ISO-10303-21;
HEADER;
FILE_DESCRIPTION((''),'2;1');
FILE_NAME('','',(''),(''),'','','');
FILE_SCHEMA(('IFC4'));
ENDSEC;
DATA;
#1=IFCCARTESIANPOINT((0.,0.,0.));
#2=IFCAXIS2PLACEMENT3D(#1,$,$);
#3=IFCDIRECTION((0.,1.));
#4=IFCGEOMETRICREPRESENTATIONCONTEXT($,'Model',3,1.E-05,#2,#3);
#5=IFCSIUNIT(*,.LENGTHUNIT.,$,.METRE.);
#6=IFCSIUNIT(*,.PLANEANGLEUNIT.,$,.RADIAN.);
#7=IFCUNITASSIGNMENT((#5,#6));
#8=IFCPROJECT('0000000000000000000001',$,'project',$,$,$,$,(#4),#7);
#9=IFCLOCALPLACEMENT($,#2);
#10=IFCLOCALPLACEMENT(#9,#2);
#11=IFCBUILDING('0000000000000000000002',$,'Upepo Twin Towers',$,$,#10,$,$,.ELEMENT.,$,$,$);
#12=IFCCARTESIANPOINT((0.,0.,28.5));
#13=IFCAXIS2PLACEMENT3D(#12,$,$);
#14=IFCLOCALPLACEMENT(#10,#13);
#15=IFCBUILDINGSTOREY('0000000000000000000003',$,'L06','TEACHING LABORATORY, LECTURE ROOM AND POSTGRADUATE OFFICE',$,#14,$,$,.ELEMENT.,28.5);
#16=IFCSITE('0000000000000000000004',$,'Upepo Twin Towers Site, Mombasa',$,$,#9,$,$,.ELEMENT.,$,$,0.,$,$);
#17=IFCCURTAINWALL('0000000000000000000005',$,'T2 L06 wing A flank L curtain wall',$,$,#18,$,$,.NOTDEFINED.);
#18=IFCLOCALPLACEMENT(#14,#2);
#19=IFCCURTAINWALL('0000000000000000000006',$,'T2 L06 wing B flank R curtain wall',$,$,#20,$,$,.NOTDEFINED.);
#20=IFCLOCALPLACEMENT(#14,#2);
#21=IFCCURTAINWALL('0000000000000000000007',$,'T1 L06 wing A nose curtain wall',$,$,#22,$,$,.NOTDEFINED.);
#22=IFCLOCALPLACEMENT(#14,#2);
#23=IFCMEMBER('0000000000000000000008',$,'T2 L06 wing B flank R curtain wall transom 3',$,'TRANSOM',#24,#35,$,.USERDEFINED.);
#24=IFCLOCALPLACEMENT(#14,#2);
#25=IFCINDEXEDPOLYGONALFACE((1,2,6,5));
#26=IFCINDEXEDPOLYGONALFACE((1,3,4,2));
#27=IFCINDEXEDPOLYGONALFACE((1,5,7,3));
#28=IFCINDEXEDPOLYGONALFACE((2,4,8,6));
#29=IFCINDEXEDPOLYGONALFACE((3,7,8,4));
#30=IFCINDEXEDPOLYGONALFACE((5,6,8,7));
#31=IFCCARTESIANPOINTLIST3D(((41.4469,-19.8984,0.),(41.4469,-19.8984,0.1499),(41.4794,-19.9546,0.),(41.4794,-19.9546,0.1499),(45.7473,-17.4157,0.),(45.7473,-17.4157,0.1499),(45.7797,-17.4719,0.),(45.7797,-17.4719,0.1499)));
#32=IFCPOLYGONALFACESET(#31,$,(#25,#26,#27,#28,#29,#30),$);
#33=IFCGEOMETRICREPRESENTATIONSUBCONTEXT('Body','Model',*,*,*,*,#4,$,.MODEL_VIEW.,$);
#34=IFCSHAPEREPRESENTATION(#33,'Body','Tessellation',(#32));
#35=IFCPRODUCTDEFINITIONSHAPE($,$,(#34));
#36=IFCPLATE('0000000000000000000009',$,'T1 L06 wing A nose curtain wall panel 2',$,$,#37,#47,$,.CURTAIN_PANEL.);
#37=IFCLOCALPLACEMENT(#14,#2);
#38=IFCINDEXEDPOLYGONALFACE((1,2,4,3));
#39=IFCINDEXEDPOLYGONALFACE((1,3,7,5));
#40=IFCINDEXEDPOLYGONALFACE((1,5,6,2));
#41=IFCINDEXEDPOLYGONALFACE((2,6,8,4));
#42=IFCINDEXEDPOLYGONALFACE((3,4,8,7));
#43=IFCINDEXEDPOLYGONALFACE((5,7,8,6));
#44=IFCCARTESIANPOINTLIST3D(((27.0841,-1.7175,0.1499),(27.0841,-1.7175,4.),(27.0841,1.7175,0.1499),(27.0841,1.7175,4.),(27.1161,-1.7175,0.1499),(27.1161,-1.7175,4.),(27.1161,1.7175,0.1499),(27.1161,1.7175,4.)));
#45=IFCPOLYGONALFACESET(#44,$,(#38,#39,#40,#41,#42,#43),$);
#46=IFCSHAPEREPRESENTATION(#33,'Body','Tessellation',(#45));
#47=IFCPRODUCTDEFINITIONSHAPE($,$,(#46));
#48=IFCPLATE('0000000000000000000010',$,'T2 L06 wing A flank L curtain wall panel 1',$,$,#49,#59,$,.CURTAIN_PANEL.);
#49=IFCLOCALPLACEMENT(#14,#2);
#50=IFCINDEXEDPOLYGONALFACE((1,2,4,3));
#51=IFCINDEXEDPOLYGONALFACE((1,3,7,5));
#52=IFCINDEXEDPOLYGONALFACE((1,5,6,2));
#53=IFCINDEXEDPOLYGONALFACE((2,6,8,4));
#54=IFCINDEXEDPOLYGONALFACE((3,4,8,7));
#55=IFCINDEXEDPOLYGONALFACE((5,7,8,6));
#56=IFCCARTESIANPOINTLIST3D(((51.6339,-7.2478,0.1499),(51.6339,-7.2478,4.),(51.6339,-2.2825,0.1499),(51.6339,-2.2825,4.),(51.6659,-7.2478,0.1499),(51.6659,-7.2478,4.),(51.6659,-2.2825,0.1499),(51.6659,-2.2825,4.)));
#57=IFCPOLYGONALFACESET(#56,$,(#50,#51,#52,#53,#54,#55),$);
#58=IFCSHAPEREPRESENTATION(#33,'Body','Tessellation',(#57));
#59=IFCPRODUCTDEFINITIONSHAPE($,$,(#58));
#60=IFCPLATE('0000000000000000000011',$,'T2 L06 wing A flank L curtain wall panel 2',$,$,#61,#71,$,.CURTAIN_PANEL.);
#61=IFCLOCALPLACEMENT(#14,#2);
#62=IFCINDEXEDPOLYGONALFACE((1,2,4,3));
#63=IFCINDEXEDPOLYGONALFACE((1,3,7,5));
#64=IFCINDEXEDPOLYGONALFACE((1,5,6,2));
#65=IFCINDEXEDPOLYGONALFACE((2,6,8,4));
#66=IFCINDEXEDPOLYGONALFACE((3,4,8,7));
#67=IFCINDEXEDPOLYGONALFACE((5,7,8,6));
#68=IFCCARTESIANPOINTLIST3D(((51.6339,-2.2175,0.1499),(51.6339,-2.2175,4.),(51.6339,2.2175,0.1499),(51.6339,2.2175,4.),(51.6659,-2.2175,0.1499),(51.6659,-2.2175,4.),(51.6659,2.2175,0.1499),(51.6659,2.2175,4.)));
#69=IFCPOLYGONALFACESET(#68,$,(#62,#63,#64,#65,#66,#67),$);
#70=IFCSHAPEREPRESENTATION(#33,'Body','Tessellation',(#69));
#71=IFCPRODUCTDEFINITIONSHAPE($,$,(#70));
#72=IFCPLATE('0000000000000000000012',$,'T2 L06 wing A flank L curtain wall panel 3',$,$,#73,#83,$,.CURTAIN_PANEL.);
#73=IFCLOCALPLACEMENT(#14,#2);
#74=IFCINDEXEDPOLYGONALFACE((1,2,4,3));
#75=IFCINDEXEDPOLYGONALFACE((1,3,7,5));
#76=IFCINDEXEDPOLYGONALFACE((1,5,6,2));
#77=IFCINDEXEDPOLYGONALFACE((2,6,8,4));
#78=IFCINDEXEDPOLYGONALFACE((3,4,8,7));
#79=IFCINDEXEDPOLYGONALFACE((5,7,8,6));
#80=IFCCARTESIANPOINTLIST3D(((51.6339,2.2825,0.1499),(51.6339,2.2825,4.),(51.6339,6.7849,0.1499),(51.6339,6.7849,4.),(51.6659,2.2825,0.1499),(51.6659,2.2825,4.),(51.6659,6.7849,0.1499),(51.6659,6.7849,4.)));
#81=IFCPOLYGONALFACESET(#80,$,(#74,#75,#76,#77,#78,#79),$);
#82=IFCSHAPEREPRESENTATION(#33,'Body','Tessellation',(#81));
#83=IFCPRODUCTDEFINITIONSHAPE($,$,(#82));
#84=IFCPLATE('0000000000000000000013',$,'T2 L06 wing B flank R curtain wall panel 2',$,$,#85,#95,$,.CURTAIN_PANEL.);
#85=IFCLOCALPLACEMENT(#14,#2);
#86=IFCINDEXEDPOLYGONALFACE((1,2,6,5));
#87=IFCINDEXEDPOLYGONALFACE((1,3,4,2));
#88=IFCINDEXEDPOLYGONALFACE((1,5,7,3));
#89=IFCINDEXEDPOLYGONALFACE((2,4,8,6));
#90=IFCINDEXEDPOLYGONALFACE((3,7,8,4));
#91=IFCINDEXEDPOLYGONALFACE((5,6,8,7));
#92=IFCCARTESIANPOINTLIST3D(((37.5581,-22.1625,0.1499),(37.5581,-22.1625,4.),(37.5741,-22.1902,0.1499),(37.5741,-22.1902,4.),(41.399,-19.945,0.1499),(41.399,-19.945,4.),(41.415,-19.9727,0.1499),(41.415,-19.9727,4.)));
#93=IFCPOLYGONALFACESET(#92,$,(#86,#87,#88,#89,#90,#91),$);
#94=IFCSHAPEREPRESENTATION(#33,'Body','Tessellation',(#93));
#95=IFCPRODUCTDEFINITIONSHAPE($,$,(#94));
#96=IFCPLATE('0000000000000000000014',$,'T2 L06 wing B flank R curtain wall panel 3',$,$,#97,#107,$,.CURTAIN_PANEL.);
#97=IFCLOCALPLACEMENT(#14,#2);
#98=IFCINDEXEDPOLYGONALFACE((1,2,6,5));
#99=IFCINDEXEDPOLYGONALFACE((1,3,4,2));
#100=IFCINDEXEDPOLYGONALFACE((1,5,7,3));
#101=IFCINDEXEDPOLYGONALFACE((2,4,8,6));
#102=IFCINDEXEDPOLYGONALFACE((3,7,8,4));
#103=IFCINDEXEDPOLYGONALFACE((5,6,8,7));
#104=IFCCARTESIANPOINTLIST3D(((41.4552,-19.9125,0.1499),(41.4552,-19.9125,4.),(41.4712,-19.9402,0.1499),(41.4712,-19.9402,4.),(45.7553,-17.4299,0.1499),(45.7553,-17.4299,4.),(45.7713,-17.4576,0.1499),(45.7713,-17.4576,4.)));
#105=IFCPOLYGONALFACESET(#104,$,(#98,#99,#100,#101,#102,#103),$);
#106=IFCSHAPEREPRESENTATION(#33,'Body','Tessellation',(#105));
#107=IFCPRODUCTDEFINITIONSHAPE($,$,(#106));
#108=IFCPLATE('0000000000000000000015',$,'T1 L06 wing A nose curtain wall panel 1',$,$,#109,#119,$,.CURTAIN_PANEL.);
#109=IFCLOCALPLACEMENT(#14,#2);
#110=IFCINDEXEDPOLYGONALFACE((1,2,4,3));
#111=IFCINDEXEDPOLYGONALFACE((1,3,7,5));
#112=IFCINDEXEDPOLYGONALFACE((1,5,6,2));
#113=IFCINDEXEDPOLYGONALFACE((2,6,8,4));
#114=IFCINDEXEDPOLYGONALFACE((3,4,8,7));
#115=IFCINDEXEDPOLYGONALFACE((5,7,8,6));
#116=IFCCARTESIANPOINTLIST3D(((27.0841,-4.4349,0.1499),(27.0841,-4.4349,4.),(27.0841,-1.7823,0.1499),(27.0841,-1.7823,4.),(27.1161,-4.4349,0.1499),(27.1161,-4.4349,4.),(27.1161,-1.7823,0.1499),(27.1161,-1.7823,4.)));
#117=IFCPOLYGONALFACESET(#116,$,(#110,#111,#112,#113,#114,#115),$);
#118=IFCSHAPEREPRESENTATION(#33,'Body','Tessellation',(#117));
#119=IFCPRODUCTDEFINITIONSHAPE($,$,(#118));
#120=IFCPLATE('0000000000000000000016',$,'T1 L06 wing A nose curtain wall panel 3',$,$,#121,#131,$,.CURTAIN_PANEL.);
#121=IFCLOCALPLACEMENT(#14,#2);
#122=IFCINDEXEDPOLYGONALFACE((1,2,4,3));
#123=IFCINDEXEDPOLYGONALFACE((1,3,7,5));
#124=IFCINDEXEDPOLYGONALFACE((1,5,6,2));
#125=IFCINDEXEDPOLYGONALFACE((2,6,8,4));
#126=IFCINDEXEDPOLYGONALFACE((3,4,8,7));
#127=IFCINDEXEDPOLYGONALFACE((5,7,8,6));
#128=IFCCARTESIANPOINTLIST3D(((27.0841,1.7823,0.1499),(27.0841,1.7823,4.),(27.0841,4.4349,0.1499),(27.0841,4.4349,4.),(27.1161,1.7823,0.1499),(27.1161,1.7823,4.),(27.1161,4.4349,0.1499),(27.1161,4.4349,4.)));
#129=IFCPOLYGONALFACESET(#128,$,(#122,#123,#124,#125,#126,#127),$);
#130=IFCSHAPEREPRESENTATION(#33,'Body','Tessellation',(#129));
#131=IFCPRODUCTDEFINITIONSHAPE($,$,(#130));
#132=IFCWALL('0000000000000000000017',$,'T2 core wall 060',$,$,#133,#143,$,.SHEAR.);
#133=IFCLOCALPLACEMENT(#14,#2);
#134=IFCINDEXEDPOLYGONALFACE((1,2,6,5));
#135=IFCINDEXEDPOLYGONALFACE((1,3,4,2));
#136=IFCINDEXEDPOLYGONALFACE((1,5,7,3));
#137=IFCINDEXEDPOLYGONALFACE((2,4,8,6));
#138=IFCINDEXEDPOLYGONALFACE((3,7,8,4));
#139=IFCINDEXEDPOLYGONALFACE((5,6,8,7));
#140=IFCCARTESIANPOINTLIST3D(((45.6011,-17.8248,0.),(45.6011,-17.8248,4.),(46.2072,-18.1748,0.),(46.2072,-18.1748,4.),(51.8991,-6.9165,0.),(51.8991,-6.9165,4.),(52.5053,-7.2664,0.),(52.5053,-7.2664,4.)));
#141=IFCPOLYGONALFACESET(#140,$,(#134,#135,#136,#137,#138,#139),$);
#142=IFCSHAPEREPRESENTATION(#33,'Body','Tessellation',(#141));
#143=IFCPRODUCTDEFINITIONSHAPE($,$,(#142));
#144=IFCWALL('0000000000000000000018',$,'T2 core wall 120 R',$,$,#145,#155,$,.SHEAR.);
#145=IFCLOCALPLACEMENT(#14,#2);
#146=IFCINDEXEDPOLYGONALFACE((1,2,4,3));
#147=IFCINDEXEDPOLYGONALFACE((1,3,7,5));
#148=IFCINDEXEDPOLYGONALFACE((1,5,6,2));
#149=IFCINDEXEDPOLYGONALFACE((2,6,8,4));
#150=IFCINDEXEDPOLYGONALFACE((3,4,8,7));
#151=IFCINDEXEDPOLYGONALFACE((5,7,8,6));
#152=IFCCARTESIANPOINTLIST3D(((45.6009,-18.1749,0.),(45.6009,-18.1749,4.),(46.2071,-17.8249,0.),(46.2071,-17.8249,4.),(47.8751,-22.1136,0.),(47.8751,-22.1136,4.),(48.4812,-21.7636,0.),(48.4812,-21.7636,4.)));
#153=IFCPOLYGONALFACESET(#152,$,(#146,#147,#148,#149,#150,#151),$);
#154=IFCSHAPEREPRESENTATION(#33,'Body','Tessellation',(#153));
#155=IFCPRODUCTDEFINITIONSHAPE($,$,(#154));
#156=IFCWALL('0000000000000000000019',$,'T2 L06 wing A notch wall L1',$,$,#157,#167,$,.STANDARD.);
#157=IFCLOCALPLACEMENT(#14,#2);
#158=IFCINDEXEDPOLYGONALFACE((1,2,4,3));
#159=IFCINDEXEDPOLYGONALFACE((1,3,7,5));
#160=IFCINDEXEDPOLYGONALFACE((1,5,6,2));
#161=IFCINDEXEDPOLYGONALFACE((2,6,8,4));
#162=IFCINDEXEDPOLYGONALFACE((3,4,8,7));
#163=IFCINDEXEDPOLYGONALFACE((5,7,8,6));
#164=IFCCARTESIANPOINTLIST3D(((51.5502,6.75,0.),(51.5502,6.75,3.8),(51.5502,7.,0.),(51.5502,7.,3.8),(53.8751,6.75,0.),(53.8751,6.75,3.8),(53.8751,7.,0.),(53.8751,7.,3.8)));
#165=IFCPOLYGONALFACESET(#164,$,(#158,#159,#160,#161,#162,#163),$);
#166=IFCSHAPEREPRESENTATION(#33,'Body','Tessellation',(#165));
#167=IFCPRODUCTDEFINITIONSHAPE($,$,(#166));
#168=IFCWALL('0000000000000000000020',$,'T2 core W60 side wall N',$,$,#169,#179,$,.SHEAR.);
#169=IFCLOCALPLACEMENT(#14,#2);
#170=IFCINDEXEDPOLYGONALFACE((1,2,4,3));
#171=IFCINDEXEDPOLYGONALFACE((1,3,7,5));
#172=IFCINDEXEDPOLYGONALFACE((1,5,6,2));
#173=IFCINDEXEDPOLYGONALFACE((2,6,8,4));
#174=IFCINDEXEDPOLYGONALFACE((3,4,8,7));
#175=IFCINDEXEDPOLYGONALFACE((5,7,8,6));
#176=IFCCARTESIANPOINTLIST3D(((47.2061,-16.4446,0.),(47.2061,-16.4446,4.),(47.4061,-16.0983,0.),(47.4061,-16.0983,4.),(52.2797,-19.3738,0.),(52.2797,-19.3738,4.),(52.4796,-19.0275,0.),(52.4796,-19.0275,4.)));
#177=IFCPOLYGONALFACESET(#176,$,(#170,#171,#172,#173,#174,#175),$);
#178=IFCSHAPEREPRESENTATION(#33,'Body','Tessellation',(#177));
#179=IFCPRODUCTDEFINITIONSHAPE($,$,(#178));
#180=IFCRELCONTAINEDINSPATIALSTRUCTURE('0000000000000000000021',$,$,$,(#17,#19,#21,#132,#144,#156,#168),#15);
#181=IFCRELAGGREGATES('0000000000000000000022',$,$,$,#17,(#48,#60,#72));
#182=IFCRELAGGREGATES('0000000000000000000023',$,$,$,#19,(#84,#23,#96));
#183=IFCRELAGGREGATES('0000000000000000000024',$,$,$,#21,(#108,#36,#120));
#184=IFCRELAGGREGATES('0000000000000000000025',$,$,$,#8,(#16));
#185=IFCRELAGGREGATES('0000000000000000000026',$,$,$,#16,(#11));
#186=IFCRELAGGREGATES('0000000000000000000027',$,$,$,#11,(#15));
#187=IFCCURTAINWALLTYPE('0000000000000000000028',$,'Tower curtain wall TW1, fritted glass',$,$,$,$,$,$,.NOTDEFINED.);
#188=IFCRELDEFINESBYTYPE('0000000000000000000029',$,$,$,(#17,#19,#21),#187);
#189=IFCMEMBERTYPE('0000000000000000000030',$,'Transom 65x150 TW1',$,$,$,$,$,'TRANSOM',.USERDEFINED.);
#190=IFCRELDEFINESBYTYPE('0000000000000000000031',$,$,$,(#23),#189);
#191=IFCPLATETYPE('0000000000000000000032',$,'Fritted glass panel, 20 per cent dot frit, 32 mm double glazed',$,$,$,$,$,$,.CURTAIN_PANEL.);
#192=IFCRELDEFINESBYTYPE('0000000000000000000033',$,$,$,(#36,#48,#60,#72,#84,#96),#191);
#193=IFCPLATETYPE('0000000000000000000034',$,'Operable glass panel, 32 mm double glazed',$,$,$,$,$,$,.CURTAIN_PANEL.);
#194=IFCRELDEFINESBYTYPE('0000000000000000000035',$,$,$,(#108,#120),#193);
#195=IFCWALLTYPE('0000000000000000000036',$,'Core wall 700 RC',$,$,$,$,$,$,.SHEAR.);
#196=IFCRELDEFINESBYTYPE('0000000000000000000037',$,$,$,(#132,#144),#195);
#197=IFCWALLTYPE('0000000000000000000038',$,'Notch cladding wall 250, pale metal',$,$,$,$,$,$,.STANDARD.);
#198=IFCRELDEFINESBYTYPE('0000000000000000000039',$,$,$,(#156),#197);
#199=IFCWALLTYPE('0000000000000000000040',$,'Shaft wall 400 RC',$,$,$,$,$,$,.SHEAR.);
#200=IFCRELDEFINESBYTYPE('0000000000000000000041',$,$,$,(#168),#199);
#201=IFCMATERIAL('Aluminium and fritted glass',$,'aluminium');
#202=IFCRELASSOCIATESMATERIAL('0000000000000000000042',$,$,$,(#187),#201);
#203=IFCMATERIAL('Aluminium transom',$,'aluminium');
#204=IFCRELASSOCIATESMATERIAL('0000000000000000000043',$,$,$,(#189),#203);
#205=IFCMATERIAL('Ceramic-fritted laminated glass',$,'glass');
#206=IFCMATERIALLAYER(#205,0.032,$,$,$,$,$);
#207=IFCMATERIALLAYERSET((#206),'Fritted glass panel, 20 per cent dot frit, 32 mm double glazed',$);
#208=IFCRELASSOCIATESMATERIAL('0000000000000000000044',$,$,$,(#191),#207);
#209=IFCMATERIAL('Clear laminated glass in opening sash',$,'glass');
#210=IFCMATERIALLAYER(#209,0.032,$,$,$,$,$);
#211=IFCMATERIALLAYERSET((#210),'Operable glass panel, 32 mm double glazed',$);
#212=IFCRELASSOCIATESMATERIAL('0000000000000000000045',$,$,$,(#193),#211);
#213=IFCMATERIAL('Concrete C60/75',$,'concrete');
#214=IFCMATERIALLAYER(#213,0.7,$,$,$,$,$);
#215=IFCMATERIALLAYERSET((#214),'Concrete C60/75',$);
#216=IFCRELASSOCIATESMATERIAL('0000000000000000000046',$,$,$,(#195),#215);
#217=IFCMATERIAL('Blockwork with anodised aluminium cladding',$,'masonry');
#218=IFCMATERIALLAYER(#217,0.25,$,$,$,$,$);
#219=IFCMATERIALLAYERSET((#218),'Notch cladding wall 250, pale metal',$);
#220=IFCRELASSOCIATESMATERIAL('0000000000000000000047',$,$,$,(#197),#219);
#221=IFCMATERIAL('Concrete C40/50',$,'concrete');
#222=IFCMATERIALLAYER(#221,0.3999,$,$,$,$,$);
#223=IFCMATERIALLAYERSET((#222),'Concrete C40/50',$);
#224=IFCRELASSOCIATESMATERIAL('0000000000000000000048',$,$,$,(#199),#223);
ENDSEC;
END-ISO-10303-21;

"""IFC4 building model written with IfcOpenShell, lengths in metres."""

from ifc_helpers import new_model, si_unit, direction, frame, frame_2d, origin, origin_2d, place, context, subcontext, project, spatial, rectangle, extrude, material, layer, layer_set, material_profile, profile_set, type_object, element, aggregate, save


model = new_model("IFC4")

# Units and contexts
model_context = context("Model", 3, precision=1e-05, world=origin(), true_north=direction((0.0, 1.0)))
body_context = subcontext(model_context, "Body", "Model", "MODEL_VIEW")
ifc_project = project(units=[si_unit("LENGTHUNIT", "METRE"), si_unit("PLANEANGLEUNIT", "RADIAN")], contexts=[model_context])

# Site, building, storey
site_placement = place(None, origin())
site = spatial("IfcSite", under=ifc_project, at=site_placement, Name="Upepo Twin Towers Site, Mombasa", CompositionType="ELEMENT", RefElevation=0.0)
building_placement = place(site_placement, origin())
building = spatial("IfcBuilding", under=site, at=building_placement, Name="Upepo Twin Towers", CompositionType="ELEMENT")
storey_placement = place(building_placement, frame((0.0, 0.0, 28.5)))
storey = spatial("IfcBuildingStorey", under=building, at=storey_placement, Name="L06", Description="TEACHING LABORATORY, LECTURE ROOM AND POSTGRADUATE OFFICE", CompositionType="ELEMENT", Elevation=28.5)

# Curtain walls
ifc_material_1 = material(Name="Aluminium and fritted glass", Category="aluminium")
curtain_wall_type = type_object("IfcCurtainWallType", Name="Tower curtain wall TW1, fritted glass", PredefinedType="NOTDEFINED", material=ifc_material_1)
curtain_wall_1_placement = place(storey_placement, origin())
curtain_wall_1 = element("IfcCurtainWall", 1, at=curtain_wall_1_placement, inside=storey, type_object=curtain_wall_type, Name="T2 L06 wing A flank L curtain wall", PredefinedType="NOTDEFINED")
curtain_wall_2_placement = place(storey_placement, origin())
curtain_wall_2 = element("IfcCurtainWall", 2, at=curtain_wall_2_placement, inside=storey, type_object=curtain_wall_type, Name="T2 L06 wing B flank R curtain wall", PredefinedType="NOTDEFINED")
curtain_wall_3_placement = place(storey_placement, origin())
curtain_wall_3 = element("IfcCurtainWall", 3, at=curtain_wall_3_placement, inside=storey, type_object=curtain_wall_type, Name="T1 L06 wing A nose curtain wall", PredefinedType="NOTDEFINED")
ifc_material_2 = material(Name="Aluminium transom", Category="aluminium")
ifc_material_profile_1 = material_profile(ifc_material_2, rectangle(XDim=0.0649, YDim=0.1499, at=origin_2d()), Name="TRANSOM 65x150")
ifc_profile_set_1 = profile_set([ifc_material_profile_1], Name="Aluminium transom")
member_type_1 = type_object("IfcMemberType", Name="Transom 65x150 TW1", ElementType="TRANSOM", PredefinedType="USERDEFINED", material=ifc_profile_set_1)

# Member
member_1_placement = place(storey_placement, frame((41.4631, -19.9265, 0.075), z_axis=(0.866035, 0.499983, 0.0), x_axis=(-0.499983, 0.866035, 0.0)))
member_1 = element("IfcMember", 4, at=member_1_placement, type_object=member_type_1, Name="T2 L06 wing B flank R curtain wall transom 3", ObjectType="TRANSOM", PredefinedType="USERDEFINED", context=body_context, shape_type="SweptSolid", body=[
    extrude(rectangle(XDim=0.0649, YDim=0.1499, at=origin_2d()), origin(), (0.0, 0.0, 1.0), 4.9656),
])

# Plates
ifc_material_3 = material(Name="Ceramic-fritted laminated glass", Category="glass")
ifc_layer_1 = layer(ifc_material_3, 0.032)
ifc_layer_set_1 = layer_set([ifc_layer_1], Name="Fritted glass panel, 20 per cent dot frit, 32 mm double glazed")
plate_type_1 = type_object("IfcPlateType", Name="Fritted glass panel, 20 per cent dot frit, 32 mm double glazed", PredefinedType="CURTAIN_PANEL", material=ifc_layer_set_1)
plate_1_placement = place(storey_placement, frame((27.1001, 0.0, 0.1499), z_axis=(0.0, 0.0, 1.0), x_axis=(0.0, 1.0, 0.0)))
plate_1 = element("IfcPlate", 5, at=plate_1_placement, type_object=plate_type_1, Name="T1 L06 wing A nose curtain wall panel 2", PredefinedType="CURTAIN_PANEL", context=body_context, shape_type="SweptSolid", body=[
    extrude(rectangle(XDim=3.4351, YDim=0.032, at=origin_2d()), origin(), (0.0, 0.0, 1.0), 3.8501),
])
plate_2_placement = place(storey_placement, frame((51.6499, -4.7651, 0.1499), z_axis=(0.0, 0.0, 1.0), x_axis=(0.0, 1.0, 0.0)))
plate_2 = element("IfcPlate", 6, at=plate_2_placement, type_object=plate_type_1, Name="T2 L06 wing A flank L curtain wall panel 1", PredefinedType="CURTAIN_PANEL", context=body_context, shape_type="SweptSolid", body=[
    extrude(rectangle(XDim=4.9653, YDim=0.032, at=origin_2d()), origin(), (0.0, 0.0, 1.0), 3.8501),
])
plate_3_placement = place(storey_placement, frame((51.6499, 0.0, 0.1499), z_axis=(0.0, 0.0, 1.0), x_axis=(0.0, 1.0, 0.0)))
plate_3 = element("IfcPlate", 7, at=plate_3_placement, type_object=plate_type_1, Name="T2 L06 wing A flank L curtain wall panel 2", PredefinedType="CURTAIN_PANEL", context=body_context, shape_type="SweptSolid", body=[
    extrude(rectangle(XDim=4.4351, YDim=0.032, at=origin_2d()), origin(), (0.0, 0.0, 1.0), 3.8501),
])
plate_4_placement = place(storey_placement, frame((51.6499, 4.5337, 0.1499), z_axis=(0.0, 0.0, 1.0), x_axis=(0.0, 1.0, 0.0)))
plate_4 = element("IfcPlate", 8, at=plate_4_placement, type_object=plate_type_1, Name="T2 L06 wing A flank L curtain wall panel 3", PredefinedType="CURTAIN_PANEL", context=body_context, shape_type="SweptSolid", body=[
    extrude(rectangle(XDim=4.5024, YDim=0.032, at=origin_2d()), origin(), (0.0, 0.0, 1.0), 3.8501),
])
aggregate(curtain_wall_1, [plate_2, plate_3, plate_4])
plate_5_placement = place(storey_placement, frame((39.4866, -21.0676, 0.1499), z_axis=(0.0, 0.0, 1.0), x_axis=(0.866025, 0.5, 0.0)))
plate_5 = element("IfcPlate", 9, at=plate_5_placement, type_object=plate_type_1, Name="T2 L06 wing B flank R curtain wall panel 2", PredefinedType="CURTAIN_PANEL", context=body_context, shape_type="SweptSolid", body=[
    extrude(rectangle(XDim=4.4351, YDim=0.032, at=origin_2d()), origin(), (0.0, 0.0, 1.0), 3.8501),
])
plate_6_placement = place(storey_placement, frame((43.6133, -18.6851, 0.1499), z_axis=(0.0, 0.0, 1.0), x_axis=(0.866025, 0.5, 0.0)))
plate_6 = element("IfcPlate", 10, at=plate_6_placement, type_object=plate_type_1, Name="T2 L06 wing B flank R curtain wall panel 3", PredefinedType="CURTAIN_PANEL", context=body_context, shape_type="SweptSolid", body=[
    extrude(rectangle(XDim=4.9653, YDim=0.032, at=origin_2d()), origin(), (0.0, 0.0, 1.0), 3.8501),
])
aggregate(curtain_wall_2, [plate_5, member_1, plate_6])
ifc_material_4 = material(Name="Clear laminated glass in opening sash", Category="glass")
ifc_layer_2 = layer(ifc_material_4, 0.032)
ifc_layer_set_2 = layer_set([ifc_layer_2], Name="Operable glass panel, 32 mm double glazed")
plate_type_2 = type_object("IfcPlateType", Name="Operable glass panel, 32 mm double glazed", PredefinedType="CURTAIN_PANEL", material=ifc_layer_set_2)
plate_7_placement = place(storey_placement, frame((27.1001, -3.1086, 0.1499), z_axis=(0.0, 0.0, 1.0), x_axis=(0.0, 1.0, 0.0)))
plate_7 = element("IfcPlate", 11, at=plate_7_placement, type_object=plate_type_2, Name="T1 L06 wing A nose curtain wall panel 1", PredefinedType="CURTAIN_PANEL", context=body_context, shape_type="SweptSolid", body=[
    extrude(rectangle(XDim=2.6526, YDim=0.032, at=origin_2d()), origin(), (0.0, 0.0, 1.0), 3.8501),
])
plate_8_placement = place(storey_placement, frame((27.1001, 3.1086, 0.1499), z_axis=(0.0, 0.0, 1.0), x_axis=(0.0, 1.0, 0.0)))
plate_8 = element("IfcPlate", 12, at=plate_8_placement, type_object=plate_type_2, Name="T1 L06 wing A nose curtain wall panel 3", PredefinedType="CURTAIN_PANEL", context=body_context, shape_type="SweptSolid", body=[
    extrude(rectangle(XDim=2.6526, YDim=0.032, at=origin_2d()), origin(), (0.0, 0.0, 1.0), 3.8501),
])
aggregate(curtain_wall_3, [plate_7, plate_1, plate_8])

# Walls
ifc_material_5 = material(Name="Concrete C60/75", Category="concrete")
ifc_layer_3 = layer(ifc_material_5, 0.7)
ifc_layer_set_3 = layer_set([ifc_layer_3], Name="Concrete C60/75")
wall_type_1 = type_object("IfcWallType", Name="Core wall 700 RC", PredefinedType="SHEAR", material=ifc_layer_set_3)
wall_1_placement = place(storey_placement, frame((52.2021, -7.0916, 0.0), z_axis=(0.0, 0.0, 1.0), x_axis=(-0.500006, -0.866022, 0.0)))
element("IfcWall", 13, at=wall_1_placement, inside=storey, type_object=wall_type_1, Name="T2 core wall 060", PredefinedType="SHEAR", context=body_context, shape_type="SweptSolid", body=[
    extrude(rectangle(XDim=12.5959, YDim=0.7, at=frame_2d((6.2979, 0.0))), origin(), (0.0, 0.0, 1.0), 4.0),
])
wall_2_placement = place(storey_placement, frame((45.9041, -18.0, 0.0), z_axis=(0.0, 0.0, 1.0), x_axis=(0.500024, -0.866011, 0.0)))
element("IfcWall", 14, at=wall_2_placement, inside=storey, type_object=wall_type_1, Name="T2 core wall 120 R", PredefinedType="SHEAR", context=body_context, shape_type="SweptSolid", body=[
    extrude(rectangle(XDim=4.5481, YDim=0.7, at=frame_2d((2.2739, 0.0))), origin(), (0.0, 0.0, 1.0), 4.0),
])
ifc_material_6 = material(Name="Blockwork with anodised aluminium cladding", Category="masonry")
ifc_layer_4 = layer(ifc_material_6, 0.25)
ifc_layer_set_4 = layer_set([ifc_layer_4], Name="Notch cladding wall 250, pale metal")
wall_type_2 = type_object("IfcWallType", Name="Notch cladding wall 250, pale metal", PredefinedType="STANDARD", material=ifc_layer_set_4)
wall_3_placement = place(storey_placement, frame((51.55, 6.875, 0.0), z_axis=(0.0, 0.0, 1.0), x_axis=(1.0, 0.0, 0.0)))
element("IfcWall", 15, at=wall_3_placement, inside=storey, type_object=wall_type_2, Name="T2 L06 wing A notch wall L1", PredefinedType="STANDARD", context=body_context, shape_type="SweptSolid", body=[
    extrude(rectangle(XDim=2.325, YDim=0.25, at=frame_2d((1.1626, 0.0))), origin(), (0.0, 0.0, 1.0), 3.8),
])
ifc_material_7 = material(Name="Concrete C40/50", Category="concrete")
ifc_layer_5 = layer(ifc_material_7, 0.3999)
ifc_layer_set_5 = layer_set([ifc_layer_5], Name="Concrete C40/50")
wall_type_3 = type_object("IfcWallType", Name="Shaft wall 400 RC", PredefinedType="SHEAR", material=ifc_layer_set_5)
wall_4_placement = place(storey_placement, frame((52.3796, -19.2007, 0.0), z_axis=(0.0, 0.0, 1.0), x_axis=(-0.866024, 0.500003, 0.0)))
element("IfcWall", 16, at=wall_4_placement, inside=storey, type_object=wall_type_3, Name="T2 core W60 side wall N", PredefinedType="SHEAR", context=body_context, shape_type="SweptSolid", body=[
    extrude(rectangle(XDim=5.8584, YDim=0.3999, at=frame_2d((2.9292, 0.0))), origin(), (0.0, 0.0, 1.0), 4.0),
])

save(model, "model.ifc")
